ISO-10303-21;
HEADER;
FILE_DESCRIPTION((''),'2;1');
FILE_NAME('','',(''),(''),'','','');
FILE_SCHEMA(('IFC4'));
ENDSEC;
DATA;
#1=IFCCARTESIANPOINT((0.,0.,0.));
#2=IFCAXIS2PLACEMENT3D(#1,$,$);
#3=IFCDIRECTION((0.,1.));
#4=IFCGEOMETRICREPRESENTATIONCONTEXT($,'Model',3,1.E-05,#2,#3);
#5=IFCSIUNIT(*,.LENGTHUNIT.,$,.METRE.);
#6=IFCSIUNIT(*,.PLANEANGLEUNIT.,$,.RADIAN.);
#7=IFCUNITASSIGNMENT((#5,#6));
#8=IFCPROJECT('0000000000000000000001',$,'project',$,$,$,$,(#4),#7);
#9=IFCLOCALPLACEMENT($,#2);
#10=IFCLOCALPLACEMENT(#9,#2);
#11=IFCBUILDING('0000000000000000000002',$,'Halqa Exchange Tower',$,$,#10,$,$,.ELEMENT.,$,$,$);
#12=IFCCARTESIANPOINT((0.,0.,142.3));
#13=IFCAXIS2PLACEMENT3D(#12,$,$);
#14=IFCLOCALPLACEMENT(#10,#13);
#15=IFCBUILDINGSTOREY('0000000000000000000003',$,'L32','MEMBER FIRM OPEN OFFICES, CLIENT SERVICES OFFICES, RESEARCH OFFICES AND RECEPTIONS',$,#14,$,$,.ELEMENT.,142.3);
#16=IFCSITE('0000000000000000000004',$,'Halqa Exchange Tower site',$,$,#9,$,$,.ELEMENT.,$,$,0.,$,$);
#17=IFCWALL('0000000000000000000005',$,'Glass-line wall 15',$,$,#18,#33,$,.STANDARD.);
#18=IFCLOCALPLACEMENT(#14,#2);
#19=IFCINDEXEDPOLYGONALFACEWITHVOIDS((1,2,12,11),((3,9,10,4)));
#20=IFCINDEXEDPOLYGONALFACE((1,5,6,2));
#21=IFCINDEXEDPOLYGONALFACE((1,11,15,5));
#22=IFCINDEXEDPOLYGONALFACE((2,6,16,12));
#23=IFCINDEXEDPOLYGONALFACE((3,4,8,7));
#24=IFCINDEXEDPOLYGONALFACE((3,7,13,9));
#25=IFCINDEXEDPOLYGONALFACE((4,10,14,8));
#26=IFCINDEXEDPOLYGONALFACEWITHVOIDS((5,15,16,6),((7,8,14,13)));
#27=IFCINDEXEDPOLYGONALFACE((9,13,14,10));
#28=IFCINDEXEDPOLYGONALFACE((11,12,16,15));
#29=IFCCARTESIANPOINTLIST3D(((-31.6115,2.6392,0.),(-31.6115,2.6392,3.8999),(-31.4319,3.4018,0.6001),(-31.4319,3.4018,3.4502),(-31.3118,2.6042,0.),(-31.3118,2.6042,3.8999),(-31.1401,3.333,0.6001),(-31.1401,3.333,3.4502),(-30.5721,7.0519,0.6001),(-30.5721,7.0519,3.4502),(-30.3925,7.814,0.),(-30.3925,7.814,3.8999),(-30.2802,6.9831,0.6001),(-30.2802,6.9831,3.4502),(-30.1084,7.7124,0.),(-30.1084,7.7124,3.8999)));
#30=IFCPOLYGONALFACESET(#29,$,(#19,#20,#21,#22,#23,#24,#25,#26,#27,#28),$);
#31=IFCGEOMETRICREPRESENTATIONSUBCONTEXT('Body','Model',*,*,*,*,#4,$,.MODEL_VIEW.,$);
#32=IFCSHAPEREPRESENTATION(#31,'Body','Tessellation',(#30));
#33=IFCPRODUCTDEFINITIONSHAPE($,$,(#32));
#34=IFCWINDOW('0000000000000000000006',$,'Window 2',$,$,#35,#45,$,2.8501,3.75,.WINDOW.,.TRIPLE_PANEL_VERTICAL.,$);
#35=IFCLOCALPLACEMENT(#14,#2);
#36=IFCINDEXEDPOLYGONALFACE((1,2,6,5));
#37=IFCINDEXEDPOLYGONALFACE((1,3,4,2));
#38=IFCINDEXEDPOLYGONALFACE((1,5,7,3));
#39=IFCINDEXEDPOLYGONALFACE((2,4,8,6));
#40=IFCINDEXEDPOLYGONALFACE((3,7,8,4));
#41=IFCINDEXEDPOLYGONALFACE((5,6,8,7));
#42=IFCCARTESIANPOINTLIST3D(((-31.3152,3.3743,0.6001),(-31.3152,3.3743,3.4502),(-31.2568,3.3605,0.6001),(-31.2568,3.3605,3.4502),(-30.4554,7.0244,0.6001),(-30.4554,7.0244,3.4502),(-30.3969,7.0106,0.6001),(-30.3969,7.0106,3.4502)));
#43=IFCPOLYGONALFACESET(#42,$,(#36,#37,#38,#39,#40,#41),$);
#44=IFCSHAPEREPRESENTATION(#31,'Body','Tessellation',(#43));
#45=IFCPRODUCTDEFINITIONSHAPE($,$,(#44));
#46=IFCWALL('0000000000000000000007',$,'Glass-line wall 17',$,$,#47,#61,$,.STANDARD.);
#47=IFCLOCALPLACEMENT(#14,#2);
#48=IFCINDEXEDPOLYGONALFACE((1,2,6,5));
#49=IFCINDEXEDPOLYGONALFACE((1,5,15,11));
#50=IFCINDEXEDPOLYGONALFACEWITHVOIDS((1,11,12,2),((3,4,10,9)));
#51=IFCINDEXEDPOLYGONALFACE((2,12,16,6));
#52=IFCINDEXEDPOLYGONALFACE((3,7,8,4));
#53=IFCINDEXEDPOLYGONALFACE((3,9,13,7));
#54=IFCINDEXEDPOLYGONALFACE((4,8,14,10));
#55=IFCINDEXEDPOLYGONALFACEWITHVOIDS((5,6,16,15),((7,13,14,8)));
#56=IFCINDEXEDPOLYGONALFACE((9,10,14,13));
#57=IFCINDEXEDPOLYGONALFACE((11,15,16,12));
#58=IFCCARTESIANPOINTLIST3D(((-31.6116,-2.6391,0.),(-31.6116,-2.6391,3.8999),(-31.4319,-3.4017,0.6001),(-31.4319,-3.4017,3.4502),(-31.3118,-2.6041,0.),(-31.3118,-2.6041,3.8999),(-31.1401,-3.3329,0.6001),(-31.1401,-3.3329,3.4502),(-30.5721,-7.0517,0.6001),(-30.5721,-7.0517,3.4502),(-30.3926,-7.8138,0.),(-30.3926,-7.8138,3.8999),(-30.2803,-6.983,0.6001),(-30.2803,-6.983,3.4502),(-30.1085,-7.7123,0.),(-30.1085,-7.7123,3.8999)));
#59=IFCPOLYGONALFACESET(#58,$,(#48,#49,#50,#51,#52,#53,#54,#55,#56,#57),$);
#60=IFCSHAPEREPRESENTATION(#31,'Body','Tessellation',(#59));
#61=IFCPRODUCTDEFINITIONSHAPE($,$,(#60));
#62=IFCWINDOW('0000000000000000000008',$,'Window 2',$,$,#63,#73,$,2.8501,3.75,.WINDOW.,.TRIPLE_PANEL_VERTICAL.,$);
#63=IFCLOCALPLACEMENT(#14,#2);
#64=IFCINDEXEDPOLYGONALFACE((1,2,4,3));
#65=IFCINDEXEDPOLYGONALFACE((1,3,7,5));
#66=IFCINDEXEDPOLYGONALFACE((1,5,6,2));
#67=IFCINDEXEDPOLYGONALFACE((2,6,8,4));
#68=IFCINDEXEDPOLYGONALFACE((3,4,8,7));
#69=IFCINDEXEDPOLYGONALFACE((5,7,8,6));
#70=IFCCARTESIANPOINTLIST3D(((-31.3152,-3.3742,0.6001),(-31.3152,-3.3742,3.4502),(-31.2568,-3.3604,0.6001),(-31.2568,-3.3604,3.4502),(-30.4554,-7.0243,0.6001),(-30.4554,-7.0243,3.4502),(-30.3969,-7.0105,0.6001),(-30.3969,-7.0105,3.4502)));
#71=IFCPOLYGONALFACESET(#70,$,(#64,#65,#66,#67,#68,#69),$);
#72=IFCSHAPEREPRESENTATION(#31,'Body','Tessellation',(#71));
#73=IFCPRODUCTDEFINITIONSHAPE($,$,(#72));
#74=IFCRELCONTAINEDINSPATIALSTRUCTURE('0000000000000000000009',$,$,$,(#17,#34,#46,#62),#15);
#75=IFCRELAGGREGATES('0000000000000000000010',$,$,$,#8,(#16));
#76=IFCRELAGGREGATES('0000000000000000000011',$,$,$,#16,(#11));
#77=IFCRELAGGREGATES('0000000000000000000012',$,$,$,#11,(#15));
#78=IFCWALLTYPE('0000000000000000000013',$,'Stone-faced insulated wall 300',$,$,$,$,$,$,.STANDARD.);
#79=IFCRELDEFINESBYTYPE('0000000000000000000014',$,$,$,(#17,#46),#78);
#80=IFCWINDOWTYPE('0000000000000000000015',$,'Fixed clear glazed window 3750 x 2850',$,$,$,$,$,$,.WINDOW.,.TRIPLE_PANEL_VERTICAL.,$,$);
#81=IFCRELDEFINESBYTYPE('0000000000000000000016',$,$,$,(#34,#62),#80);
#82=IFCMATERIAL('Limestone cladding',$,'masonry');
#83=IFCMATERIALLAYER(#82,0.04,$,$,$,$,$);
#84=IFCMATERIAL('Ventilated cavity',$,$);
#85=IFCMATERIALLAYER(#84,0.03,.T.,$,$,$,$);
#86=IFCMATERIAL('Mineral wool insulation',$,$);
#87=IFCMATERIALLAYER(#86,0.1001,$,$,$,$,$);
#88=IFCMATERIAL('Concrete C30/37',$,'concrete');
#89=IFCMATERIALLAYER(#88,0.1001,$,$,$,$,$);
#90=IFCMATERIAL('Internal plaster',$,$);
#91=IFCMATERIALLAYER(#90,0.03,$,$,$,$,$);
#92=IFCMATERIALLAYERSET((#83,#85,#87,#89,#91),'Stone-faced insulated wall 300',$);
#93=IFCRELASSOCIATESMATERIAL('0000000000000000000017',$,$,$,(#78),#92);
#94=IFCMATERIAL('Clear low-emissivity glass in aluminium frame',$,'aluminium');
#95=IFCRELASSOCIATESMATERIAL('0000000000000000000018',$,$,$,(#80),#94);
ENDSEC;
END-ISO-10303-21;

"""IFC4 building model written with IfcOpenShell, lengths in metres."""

from ifc_helpers import new_model, si_unit, direction, frame, frame_2d, origin, place, context, subcontext, project, spatial, polyline, rectangle, outline, extrude, material, layer, layer_set, type_object, element, fill, save


model = new_model("IFC4")

# Units and contexts
model_context = context("Model", 3, precision=1e-05, world=origin(), true_north=direction((0.0, 1.0)))
body_context = subcontext(model_context, "Body", "Model", "MODEL_VIEW")
ifc_project = project(units=[si_unit("LENGTHUNIT", "METRE"), si_unit("PLANEANGLEUNIT", "RADIAN")], contexts=[model_context])

# Site, building, storey
site_placement = place(None, origin())
site = spatial("IfcSite", under=ifc_project, at=site_placement, Name="Halqa Exchange Tower site", CompositionType="ELEMENT", RefElevation=0.0)
building_placement = place(site_placement, origin())
building = spatial("IfcBuilding", under=site, at=building_placement, Name="Halqa Exchange Tower", CompositionType="ELEMENT")
storey_placement = place(building_placement, frame((0.0, 0.0, 142.3)))
storey = spatial("IfcBuildingStorey", under=building, at=storey_placement, Name="L32", Description="MEMBER FIRM OPEN OFFICES, CLIENT SERVICES OFFICES, RESEARCH OFFICES AND RECEPTIONS", CompositionType="ELEMENT", Elevation=142.3)

# Wall, opening, window
ifc_material_1 = material(Name="Limestone cladding", Category="masonry")
ifc_layer_1 = layer(ifc_material_1, 0.04)
ifc_material_2 = material(Name="Ventilated cavity")
ifc_layer_2 = layer(ifc_material_2, 0.03, ventilated=True)
ifc_material_3 = material(Name="Mineral wool insulation")
ifc_layer_3 = layer(ifc_material_3, 0.1001)
ifc_material_4 = material(Name="Concrete C30/37", Category="concrete")
ifc_layer_4 = layer(ifc_material_4, 0.1001)
ifc_material_5 = material(Name="Internal plaster")
ifc_layer_5 = layer(ifc_material_5, 0.03)
ifc_layer_set_1 = layer_set([ifc_layer_1, ifc_layer_2, ifc_layer_3, ifc_layer_4, ifc_layer_5], Name="Stone-faced insulated wall 300")
wall_type_1 = type_object("IfcWallType", Name="Stone-faced insulated wall 300", PredefinedType="STANDARD", material=ifc_layer_set_1)
ifc_material_6 = material(Name="Clear low-emissivity glass in aluminium frame", Category="aluminium")
window_type = type_object("IfcWindowType", Name="Fixed clear glazed window 3750 x 2850", PartitioningType="TRIPLE_PANEL_VERTICAL", PredefinedType="WINDOW", material=ifc_material_6)
wall_1_placement = place(storey_placement, frame((-30.2505, 7.7632, 0.0), z_axis=(0.0, 0.0, 1.0), x_axis=(-0.229289, -0.973358, 0.0)))
wall_1 = element("IfcWall", 1, at=wall_1_placement, inside=storey, type_object=wall_type_1, Name="Glass-line wall 15", PredefinedType="STANDARD", context=body_context, shape_type="SweptSolid", body=[
    extrude(outline(polyline([(-0.0168, -0.1499), (5.2996, -0.1499), (5.2649, 0.1499), (0.0168, 0.1499), (-0.0168, -0.1499)])), origin(), (0.0, 0.0, 1.0), 3.8999),
])
opening_1_placement = place(wall_1_placement, frame((0.7661, 0.0, 0.6001)))
opening_1 = element("IfcOpeningElement", 2, at=opening_1_placement, cuts=wall_1, PredefinedType="OPENING", context=body_context, shape_type="SweptSolid", body=[
    extrude(rectangle(XDim=3.75, YDim=2.8501, at=frame_2d((1.875, 1.425))), frame((0.0, 0.1621, 0.0), z_axis=(0.0, -1.0, 0.0), x_axis=(1.0, 0.0, 0.0)), (0.0, 0.0, 1.0), 0.324),
])
window_1_placement = place(opening_1_placement, origin())
window_1 = element("IfcWindow", 3, at=window_1_placement, inside=storey, type_object=window_type, Name="Window 2", OverallHeight=2.8501, OverallWidth=3.75, PartitioningType="TRIPLE_PANEL_VERTICAL", PredefinedType="WINDOW", context=body_context, shape_type="SweptSolid", body=[
    extrude(rectangle(XDim=3.75, YDim=2.8501, at=frame_2d((1.875, 1.425))), frame((0.0, 0.03, 0.0), z_axis=(0.0, -1.0, 0.0), x_axis=(1.0, 0.0, 0.0)), (0.0, 0.0, 1.0), 0.0601),
])
fill(opening_1, window_1)

# Wall, opening, window
wall_2_placement = place(storey_placement, frame((-31.4617, -2.6216, 0.0), z_axis=(0.0, 0.0, 1.0), x_axis=(0.229289, -0.973358, 0.0)))
wall_2 = element("IfcWall", 4, at=wall_2_placement, inside=storey, type_object=wall_type_1, Name="Glass-line wall 17", PredefinedType="STANDARD", context=body_context, shape_type="SweptSolid", body=[
    extrude(outline(polyline([(-0.0173, -0.1499), (5.2991, -0.1499), (5.2654, 0.1499), (0.0173, 0.1499), (-0.0173, -0.1499)])), origin(), (0.0, 0.0, 1.0), 3.8999),
])
opening_2_placement = place(wall_2_placement, frame((0.7661, 0.0, 0.6001)))
opening_2 = element("IfcOpeningElement", 5, at=opening_2_placement, cuts=wall_2, PredefinedType="OPENING", context=body_context, shape_type="SweptSolid", body=[
    extrude(rectangle(XDim=3.75, YDim=2.8501, at=frame_2d((1.875, 1.425))), frame((0.0, 0.1621, 0.0), z_axis=(0.0, -1.0, 0.0), x_axis=(1.0, 0.0, 0.0)), (0.0, 0.0, 1.0), 0.324),
])
window_2_placement = place(opening_2_placement, origin())
window_2 = element("IfcWindow", 6, at=window_2_placement, inside=storey, type_object=window_type, Name="Window 2", OverallHeight=2.8501, OverallWidth=3.75, PartitioningType="TRIPLE_PANEL_VERTICAL", PredefinedType="WINDOW", context=body_context, shape_type="SweptSolid", body=[
    extrude(rectangle(XDim=3.75, YDim=2.8501, at=frame_2d((1.875, 1.425))), frame((0.0, 0.03, 0.0), z_axis=(0.0, -1.0, 0.0), x_axis=(1.0, 0.0, 0.0)), (0.0, 0.0, 1.0), 0.0601),
])
fill(opening_2, window_2)

save(model, "model.ifc")
